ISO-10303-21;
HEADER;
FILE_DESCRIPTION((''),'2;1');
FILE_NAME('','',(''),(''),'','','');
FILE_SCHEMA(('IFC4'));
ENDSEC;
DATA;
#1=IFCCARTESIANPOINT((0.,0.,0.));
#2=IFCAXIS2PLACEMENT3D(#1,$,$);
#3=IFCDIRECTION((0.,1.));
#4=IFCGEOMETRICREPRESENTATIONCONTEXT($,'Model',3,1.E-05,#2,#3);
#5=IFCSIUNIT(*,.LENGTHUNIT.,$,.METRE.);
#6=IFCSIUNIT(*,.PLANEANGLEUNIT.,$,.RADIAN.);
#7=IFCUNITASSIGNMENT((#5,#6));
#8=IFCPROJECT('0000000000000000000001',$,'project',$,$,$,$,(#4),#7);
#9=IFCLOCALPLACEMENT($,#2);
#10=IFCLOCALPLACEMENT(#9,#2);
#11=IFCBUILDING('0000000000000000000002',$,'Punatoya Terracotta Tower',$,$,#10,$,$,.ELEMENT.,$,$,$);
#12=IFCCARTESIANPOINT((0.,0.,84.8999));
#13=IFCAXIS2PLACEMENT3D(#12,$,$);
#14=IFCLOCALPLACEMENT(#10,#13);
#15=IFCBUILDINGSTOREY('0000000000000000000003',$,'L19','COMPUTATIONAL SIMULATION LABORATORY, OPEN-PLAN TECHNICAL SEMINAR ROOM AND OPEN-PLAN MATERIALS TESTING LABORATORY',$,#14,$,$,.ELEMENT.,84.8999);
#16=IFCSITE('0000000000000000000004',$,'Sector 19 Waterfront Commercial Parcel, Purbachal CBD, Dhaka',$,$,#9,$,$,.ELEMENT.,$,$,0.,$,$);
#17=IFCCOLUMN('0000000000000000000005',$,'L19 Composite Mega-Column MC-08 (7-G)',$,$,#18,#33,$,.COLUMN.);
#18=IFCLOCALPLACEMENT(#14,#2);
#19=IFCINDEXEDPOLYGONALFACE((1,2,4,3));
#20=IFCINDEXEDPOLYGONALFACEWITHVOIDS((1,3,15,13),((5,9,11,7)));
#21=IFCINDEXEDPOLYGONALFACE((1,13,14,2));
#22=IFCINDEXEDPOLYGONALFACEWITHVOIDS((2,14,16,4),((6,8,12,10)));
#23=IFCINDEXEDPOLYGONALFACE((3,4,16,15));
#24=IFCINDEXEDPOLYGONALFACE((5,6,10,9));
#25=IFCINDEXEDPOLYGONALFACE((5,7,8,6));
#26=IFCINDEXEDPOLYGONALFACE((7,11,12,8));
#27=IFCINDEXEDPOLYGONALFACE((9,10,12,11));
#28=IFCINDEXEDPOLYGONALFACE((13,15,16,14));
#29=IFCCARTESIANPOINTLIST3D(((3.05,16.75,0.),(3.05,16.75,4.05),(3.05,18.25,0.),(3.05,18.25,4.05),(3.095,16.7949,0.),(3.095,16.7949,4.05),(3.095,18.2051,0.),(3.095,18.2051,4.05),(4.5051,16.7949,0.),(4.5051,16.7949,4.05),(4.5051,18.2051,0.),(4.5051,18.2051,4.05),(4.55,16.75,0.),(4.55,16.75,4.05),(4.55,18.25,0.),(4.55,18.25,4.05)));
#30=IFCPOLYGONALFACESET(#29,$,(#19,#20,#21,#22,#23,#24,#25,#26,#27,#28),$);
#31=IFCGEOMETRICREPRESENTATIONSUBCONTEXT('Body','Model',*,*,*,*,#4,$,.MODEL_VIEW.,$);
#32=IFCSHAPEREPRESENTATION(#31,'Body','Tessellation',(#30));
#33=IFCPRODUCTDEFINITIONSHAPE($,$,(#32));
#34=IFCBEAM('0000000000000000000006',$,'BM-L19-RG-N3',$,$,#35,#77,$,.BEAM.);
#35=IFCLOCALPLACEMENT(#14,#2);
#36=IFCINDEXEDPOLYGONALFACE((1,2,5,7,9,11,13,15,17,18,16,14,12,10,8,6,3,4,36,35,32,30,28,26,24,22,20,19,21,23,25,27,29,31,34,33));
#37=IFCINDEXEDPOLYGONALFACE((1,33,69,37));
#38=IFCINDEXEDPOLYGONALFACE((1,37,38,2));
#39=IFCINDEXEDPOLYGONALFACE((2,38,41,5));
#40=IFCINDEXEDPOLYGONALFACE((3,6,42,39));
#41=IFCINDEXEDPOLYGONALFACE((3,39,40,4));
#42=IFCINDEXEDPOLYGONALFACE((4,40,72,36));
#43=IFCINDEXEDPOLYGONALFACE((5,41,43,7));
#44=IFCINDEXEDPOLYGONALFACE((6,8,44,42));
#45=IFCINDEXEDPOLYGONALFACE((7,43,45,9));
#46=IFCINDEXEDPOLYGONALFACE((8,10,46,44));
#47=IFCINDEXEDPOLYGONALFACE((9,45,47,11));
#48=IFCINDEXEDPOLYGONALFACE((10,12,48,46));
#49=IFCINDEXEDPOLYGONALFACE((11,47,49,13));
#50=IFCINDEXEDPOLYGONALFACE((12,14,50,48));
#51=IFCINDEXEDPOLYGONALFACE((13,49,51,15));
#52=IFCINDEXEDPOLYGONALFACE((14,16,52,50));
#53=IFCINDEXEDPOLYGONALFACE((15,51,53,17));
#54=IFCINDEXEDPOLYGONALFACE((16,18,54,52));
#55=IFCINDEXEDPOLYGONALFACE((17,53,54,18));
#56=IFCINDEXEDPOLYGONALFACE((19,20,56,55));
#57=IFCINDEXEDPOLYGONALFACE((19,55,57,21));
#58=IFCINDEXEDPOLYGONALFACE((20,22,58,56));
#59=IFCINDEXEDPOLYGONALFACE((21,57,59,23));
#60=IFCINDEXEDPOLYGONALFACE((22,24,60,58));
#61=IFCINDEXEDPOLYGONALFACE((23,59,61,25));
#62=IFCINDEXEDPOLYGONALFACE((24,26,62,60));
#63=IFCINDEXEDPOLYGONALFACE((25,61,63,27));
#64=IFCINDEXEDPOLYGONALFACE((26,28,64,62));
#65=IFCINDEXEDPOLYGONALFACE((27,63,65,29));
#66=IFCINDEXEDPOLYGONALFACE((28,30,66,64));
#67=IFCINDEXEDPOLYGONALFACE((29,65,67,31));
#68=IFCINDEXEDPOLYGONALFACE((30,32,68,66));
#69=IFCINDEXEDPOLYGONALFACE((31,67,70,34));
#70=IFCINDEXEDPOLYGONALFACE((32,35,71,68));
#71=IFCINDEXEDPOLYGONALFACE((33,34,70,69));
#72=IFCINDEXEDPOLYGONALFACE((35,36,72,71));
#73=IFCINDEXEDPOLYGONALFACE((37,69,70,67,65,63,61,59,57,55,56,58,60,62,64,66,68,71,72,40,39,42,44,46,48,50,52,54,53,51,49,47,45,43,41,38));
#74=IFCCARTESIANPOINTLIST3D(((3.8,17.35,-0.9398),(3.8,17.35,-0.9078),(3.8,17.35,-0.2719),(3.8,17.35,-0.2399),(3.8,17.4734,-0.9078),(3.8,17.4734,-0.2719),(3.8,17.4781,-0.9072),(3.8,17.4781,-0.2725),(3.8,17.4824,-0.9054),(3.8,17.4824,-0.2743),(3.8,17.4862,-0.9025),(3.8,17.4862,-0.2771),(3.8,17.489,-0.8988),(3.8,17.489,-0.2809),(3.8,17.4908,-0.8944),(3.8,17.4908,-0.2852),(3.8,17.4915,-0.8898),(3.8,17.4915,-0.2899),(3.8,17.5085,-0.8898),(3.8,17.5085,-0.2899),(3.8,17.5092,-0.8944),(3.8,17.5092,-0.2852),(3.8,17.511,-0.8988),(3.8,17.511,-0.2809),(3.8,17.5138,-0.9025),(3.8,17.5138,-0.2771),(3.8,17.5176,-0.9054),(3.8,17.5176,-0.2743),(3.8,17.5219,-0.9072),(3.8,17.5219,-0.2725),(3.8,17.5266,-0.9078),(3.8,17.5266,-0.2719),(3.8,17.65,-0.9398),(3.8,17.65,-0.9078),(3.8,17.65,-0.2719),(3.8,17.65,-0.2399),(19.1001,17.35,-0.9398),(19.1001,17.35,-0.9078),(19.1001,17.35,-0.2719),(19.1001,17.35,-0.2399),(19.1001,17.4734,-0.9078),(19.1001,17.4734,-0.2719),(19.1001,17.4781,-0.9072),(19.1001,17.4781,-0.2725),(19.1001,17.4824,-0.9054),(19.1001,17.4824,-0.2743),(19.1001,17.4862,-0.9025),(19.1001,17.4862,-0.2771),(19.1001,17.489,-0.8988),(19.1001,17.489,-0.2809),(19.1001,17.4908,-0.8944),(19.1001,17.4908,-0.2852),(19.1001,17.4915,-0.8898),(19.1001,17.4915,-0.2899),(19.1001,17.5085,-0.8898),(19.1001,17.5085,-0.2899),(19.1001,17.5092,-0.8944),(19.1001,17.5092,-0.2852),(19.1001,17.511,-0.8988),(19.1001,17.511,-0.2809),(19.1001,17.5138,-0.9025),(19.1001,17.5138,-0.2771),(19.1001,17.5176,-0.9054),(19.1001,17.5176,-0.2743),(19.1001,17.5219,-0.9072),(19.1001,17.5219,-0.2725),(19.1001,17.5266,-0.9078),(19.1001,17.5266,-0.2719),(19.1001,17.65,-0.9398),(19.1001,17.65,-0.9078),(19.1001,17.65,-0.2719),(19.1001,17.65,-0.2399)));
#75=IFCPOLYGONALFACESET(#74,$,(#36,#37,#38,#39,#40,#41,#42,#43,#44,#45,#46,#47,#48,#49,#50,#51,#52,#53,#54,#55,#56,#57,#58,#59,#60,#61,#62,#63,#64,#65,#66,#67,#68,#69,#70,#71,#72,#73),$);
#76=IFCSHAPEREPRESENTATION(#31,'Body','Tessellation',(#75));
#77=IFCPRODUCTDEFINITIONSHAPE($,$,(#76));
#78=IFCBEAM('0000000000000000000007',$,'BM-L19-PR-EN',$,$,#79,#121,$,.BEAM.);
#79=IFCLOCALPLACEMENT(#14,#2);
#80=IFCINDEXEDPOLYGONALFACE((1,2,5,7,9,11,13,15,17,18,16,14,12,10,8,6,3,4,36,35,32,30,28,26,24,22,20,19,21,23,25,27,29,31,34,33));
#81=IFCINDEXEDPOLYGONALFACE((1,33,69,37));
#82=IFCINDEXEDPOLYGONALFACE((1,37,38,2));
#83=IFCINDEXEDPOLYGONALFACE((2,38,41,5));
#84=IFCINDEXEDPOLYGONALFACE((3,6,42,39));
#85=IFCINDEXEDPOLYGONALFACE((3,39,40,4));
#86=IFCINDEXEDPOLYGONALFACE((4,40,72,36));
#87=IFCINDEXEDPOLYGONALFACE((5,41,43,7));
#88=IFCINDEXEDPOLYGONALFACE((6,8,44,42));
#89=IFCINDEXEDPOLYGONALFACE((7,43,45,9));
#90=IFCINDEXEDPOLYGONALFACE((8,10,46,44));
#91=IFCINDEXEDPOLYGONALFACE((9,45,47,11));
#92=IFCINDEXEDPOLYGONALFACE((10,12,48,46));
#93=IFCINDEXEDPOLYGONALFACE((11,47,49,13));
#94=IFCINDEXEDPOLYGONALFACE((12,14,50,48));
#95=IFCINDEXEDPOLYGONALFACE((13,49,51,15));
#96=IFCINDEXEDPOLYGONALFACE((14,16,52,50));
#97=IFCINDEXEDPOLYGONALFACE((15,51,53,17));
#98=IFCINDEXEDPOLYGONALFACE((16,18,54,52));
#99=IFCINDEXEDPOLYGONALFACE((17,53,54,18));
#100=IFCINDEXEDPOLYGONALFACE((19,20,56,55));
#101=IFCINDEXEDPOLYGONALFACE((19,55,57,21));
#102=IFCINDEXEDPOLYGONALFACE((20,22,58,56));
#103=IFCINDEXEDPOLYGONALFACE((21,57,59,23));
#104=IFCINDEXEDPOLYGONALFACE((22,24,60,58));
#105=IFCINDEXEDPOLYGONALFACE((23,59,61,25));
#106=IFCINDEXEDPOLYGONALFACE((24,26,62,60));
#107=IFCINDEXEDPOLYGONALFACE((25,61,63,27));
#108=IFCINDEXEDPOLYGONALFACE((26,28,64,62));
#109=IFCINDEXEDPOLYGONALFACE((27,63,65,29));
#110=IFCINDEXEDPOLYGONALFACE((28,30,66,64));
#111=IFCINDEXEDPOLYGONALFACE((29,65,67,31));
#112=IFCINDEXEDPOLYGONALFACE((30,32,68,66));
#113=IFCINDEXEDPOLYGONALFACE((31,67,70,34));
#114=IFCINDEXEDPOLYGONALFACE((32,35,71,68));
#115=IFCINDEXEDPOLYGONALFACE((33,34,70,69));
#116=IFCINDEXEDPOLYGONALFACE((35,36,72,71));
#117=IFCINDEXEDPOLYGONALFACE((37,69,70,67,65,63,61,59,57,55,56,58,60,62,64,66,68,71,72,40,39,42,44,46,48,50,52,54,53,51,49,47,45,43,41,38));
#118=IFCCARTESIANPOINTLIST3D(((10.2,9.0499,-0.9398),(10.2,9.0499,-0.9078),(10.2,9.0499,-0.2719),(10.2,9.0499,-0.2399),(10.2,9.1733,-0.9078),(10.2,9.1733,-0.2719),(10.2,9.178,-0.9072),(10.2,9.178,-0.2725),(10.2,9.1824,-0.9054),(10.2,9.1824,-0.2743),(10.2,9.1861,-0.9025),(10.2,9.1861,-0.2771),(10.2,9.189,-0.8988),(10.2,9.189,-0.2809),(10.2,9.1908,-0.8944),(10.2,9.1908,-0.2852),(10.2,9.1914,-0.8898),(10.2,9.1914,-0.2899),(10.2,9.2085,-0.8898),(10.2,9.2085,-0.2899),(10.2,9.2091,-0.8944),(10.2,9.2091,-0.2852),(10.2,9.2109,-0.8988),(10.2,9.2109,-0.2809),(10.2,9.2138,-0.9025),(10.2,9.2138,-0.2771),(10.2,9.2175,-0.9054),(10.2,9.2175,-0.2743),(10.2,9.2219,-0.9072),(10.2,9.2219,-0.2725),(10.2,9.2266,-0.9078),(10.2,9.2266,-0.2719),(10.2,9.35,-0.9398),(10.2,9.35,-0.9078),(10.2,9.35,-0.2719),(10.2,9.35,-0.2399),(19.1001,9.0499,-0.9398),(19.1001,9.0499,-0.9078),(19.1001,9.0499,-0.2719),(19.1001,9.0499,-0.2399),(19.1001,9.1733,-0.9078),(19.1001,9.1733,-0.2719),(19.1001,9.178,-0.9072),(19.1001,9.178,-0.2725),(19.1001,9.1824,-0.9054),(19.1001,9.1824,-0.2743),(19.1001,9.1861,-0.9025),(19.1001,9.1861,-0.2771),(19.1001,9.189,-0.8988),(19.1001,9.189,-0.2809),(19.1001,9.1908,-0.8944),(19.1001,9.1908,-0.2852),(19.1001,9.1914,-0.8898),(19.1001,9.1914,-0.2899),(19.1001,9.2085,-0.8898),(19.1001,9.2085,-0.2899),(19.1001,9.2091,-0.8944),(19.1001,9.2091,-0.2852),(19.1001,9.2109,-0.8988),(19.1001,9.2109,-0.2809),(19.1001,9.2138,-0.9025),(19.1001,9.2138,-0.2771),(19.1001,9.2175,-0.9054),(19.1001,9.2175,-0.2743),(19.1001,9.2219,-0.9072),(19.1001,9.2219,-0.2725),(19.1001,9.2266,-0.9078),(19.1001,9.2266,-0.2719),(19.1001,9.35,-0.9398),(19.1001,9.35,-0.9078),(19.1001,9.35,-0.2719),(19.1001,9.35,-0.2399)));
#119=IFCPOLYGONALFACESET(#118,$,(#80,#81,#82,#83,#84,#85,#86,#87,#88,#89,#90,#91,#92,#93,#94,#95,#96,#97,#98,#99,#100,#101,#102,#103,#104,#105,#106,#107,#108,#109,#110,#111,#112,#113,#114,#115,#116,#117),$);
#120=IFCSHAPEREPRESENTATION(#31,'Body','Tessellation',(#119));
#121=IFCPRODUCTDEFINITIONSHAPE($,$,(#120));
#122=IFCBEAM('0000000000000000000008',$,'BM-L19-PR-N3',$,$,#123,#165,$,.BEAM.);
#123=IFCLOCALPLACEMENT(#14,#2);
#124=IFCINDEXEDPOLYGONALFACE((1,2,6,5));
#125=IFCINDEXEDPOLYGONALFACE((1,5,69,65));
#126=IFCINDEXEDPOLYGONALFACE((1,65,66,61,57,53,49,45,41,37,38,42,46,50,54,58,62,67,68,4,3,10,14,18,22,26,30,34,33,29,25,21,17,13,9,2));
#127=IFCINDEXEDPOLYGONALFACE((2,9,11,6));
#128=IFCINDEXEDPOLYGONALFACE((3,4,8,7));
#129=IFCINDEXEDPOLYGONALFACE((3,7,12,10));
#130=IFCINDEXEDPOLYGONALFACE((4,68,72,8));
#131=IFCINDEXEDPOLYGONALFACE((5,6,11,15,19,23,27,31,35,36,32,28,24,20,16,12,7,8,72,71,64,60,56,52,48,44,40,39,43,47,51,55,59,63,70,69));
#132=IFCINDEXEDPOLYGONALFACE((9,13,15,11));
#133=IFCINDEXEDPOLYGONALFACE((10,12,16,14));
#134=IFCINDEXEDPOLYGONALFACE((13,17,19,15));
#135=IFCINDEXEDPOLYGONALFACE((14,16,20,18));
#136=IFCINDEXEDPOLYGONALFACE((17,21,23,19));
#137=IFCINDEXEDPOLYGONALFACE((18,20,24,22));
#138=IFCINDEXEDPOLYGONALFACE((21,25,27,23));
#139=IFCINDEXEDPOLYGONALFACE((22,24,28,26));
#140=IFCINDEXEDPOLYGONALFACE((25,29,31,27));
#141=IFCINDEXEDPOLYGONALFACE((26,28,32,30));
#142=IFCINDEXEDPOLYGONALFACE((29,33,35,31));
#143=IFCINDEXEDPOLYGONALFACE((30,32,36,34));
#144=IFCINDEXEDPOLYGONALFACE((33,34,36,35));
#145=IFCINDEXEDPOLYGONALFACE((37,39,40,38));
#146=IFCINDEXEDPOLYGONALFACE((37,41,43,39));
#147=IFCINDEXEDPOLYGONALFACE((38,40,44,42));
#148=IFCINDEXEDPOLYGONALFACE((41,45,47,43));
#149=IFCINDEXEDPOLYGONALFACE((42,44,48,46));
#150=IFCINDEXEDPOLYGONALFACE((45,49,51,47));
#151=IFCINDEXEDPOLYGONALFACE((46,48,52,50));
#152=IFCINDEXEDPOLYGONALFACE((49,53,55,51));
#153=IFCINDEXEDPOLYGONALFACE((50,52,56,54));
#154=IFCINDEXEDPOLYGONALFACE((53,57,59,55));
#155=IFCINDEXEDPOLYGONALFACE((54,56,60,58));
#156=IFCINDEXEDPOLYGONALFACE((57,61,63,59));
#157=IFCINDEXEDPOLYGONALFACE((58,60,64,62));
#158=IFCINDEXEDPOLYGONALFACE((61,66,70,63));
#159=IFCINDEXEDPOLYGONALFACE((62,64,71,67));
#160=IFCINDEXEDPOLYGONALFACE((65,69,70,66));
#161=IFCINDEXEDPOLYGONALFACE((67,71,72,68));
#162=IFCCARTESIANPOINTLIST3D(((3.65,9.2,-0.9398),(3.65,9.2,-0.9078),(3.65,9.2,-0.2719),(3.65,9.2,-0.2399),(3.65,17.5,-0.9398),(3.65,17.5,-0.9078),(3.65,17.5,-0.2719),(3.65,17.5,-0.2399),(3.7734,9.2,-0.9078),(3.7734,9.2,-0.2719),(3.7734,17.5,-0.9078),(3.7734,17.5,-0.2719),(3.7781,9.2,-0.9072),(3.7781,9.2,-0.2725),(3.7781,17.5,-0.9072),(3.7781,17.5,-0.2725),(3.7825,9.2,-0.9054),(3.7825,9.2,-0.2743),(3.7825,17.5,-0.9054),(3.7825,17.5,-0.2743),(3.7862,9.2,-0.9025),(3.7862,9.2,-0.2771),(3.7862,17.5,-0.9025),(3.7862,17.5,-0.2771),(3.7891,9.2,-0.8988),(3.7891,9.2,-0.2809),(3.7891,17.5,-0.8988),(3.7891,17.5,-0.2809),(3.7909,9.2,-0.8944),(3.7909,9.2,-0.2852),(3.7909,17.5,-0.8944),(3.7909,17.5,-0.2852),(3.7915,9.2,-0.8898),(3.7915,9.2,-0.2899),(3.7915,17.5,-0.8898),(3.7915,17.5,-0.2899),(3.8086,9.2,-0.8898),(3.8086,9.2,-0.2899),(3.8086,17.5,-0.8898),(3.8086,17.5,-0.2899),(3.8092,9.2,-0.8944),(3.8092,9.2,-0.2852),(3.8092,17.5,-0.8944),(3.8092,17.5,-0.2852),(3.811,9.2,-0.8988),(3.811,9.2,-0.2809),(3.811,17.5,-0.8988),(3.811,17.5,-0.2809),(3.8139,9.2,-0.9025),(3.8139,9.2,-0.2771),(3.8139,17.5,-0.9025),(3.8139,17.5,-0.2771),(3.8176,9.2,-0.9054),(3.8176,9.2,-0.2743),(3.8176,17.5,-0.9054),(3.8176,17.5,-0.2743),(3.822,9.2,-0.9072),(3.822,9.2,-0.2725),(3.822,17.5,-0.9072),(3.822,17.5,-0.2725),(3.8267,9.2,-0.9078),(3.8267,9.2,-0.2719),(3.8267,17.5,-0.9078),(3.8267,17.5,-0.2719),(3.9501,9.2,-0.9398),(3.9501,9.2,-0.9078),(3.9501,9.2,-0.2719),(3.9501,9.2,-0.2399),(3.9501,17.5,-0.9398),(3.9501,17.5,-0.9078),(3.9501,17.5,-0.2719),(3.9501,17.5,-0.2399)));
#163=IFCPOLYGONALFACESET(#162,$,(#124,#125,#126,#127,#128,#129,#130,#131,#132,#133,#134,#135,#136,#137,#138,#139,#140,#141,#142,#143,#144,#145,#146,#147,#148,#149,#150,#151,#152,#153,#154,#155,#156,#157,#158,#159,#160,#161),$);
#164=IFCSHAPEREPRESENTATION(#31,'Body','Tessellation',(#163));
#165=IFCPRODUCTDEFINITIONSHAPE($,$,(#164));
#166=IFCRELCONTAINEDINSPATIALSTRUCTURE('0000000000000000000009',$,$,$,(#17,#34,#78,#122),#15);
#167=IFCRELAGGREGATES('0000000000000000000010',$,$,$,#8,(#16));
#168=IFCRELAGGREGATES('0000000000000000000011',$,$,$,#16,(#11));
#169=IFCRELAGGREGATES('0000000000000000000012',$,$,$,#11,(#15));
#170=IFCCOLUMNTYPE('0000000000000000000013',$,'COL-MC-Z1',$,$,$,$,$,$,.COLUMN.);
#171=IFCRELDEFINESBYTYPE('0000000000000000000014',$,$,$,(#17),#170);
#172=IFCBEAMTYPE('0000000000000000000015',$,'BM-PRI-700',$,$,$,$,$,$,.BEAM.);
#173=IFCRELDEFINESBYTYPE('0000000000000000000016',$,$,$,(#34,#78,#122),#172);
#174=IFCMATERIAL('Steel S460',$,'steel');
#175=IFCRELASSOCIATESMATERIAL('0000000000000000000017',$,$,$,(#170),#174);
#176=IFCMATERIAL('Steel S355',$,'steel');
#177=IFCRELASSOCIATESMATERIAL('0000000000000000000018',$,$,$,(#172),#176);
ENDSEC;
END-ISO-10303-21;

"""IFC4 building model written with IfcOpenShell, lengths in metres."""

from ifc_helpers import new_model, si_unit, direction, frame, origin, origin_2d, place, context, subcontext, project, spatial, hollow_rectangle, i_section, extrude, material, material_profile, profile_set, type_object, element, save


model = new_model("IFC4")

# Units and contexts
model_context = context("Model", 3, precision=1e-05, world=origin(), true_north=direction((0.0, 1.0)))
body_context = subcontext(model_context, "Body", "Model", "MODEL_VIEW")
ifc_project = project(units=[si_unit("LENGTHUNIT", "METRE"), si_unit("PLANEANGLEUNIT", "RADIAN")], contexts=[model_context])

# Site, building, storey
site_placement = place(None, origin())
site = spatial("IfcSite", under=ifc_project, at=site_placement, Name="Sector 19 Waterfront Commercial Parcel, Purbachal CBD, Dhaka", CompositionType="ELEMENT", RefElevation=0.0)
building_placement = place(site_placement, origin())
building = spatial("IfcBuilding", under=site, at=building_placement, Name="Punatoya Terracotta Tower", CompositionType="ELEMENT")
storey_placement = place(building_placement, frame((0.0, 0.0, 84.8999)))
storey = spatial("IfcBuildingStorey", under=building, at=storey_placement, Name="L19", Description="COMPUTATIONAL SIMULATION LABORATORY, OPEN-PLAN TECHNICAL SEMINAR ROOM AND OPEN-PLAN MATERIALS TESTING LABORATORY", CompositionType="ELEMENT", Elevation=84.8999)

# Column
ifc_material_1 = material(Name="Steel S460", Category="steel")
ifc_material_profile_1 = material_profile(ifc_material_1, hollow_rectangle(XDim=1.5, YDim=1.5, WallThickness=0.0449, at=origin_2d()))
ifc_profile_set_1 = profile_set([ifc_material_profile_1], Name="Steel S460")
column_type = type_object("IfcColumnType", Name="COL-MC-Z1", PredefinedType="COLUMN", material=ifc_profile_set_1)
column_placement = place(storey_placement, frame((3.8, 17.5, 0.0), z_axis=(0.0, 0.0, 1.0), x_axis=(1.0, 0.0, 0.0)))
element("IfcColumn", 1, at=column_placement, inside=storey, type_object=column_type, Name="L19 Composite Mega-Column MC-08 (7-G)", PredefinedType="COLUMN", context=body_context, shape_type="SweptSolid", body=[
    extrude(hollow_rectangle(XDim=1.5, YDim=1.5, WallThickness=0.0449, at=origin_2d()), origin(), (0.0, 0.0, 1.0), 4.05),
])

# Beams
ifc_material_2 = material(Name="Steel S355", Category="steel")
ifc_material_profile_2 = material_profile(ifc_material_2, i_section(OverallWidth=0.3, OverallDepth=0.7, WebThickness=0.0171, FlangeThickness=0.032, FilletRadius=0.0181, at=origin_2d()))
ifc_profile_set_2 = profile_set([ifc_material_profile_2], Name="Steel S355")
beam_type_1 = type_object("IfcBeamType", Name="BM-PRI-700", PredefinedType="BEAM", material=ifc_profile_set_2)
beam_1_placement = place(storey_placement, frame((3.8, 17.5, -0.5898), z_axis=(1.0, 0.0, 0.0), x_axis=(0.0, 1.0, 0.0)))
element("IfcBeam", 2, at=beam_1_placement, inside=storey, type_object=beam_type_1, Name="BM-L19-RG-N3", PredefinedType="BEAM", context=body_context, shape_type="SweptSolid", body=[
    extrude(i_section(OverallWidth=0.3, OverallDepth=0.7, WebThickness=0.0171, FlangeThickness=0.032, FilletRadius=0.0181, at=origin_2d()), origin(), (0.0, 0.0, 1.0), 15.3),
])
beam_2_placement = place(storey_placement, frame((10.2, 9.2, -0.5898), z_axis=(1.0, 0.0, 0.0), x_axis=(0.0, 1.0, 0.0)))
element("IfcBeam", 3, at=beam_2_placement, inside=storey, type_object=beam_type_1, Name="BM-L19-PR-EN", PredefinedType="BEAM", context=body_context, shape_type="SweptSolid", body=[
    extrude(i_section(OverallWidth=0.3, OverallDepth=0.7, WebThickness=0.0171, FlangeThickness=0.032, FilletRadius=0.0181, at=origin_2d()), origin(), (0.0, 0.0, 1.0), 8.9001),
])
for number, where, z_axis, x_axis, name in (
    (4, (3.8, 9.2, -0.5898), (0.0, 1.0, 0.0), (-1.0, 0.0, 0.0), "BM-L19-PR-N3"),
):
    element("IfcBeam", number, at=place(storey_placement, frame(where, z_axis=z_axis, x_axis=x_axis)), inside=storey, type_object=beam_type_1, Name=name, PredefinedType="BEAM", context=body_context, shape_type="SweptSolid", body=[
        extrude(i_section(OverallWidth=0.3, OverallDepth=0.7, WebThickness=0.0171, FlangeThickness=0.032, FilletRadius=0.0181, at=origin_2d()), origin(), (0.0, 0.0, 1.0), 8.3),
    ])

save(model, "model.ifc")
